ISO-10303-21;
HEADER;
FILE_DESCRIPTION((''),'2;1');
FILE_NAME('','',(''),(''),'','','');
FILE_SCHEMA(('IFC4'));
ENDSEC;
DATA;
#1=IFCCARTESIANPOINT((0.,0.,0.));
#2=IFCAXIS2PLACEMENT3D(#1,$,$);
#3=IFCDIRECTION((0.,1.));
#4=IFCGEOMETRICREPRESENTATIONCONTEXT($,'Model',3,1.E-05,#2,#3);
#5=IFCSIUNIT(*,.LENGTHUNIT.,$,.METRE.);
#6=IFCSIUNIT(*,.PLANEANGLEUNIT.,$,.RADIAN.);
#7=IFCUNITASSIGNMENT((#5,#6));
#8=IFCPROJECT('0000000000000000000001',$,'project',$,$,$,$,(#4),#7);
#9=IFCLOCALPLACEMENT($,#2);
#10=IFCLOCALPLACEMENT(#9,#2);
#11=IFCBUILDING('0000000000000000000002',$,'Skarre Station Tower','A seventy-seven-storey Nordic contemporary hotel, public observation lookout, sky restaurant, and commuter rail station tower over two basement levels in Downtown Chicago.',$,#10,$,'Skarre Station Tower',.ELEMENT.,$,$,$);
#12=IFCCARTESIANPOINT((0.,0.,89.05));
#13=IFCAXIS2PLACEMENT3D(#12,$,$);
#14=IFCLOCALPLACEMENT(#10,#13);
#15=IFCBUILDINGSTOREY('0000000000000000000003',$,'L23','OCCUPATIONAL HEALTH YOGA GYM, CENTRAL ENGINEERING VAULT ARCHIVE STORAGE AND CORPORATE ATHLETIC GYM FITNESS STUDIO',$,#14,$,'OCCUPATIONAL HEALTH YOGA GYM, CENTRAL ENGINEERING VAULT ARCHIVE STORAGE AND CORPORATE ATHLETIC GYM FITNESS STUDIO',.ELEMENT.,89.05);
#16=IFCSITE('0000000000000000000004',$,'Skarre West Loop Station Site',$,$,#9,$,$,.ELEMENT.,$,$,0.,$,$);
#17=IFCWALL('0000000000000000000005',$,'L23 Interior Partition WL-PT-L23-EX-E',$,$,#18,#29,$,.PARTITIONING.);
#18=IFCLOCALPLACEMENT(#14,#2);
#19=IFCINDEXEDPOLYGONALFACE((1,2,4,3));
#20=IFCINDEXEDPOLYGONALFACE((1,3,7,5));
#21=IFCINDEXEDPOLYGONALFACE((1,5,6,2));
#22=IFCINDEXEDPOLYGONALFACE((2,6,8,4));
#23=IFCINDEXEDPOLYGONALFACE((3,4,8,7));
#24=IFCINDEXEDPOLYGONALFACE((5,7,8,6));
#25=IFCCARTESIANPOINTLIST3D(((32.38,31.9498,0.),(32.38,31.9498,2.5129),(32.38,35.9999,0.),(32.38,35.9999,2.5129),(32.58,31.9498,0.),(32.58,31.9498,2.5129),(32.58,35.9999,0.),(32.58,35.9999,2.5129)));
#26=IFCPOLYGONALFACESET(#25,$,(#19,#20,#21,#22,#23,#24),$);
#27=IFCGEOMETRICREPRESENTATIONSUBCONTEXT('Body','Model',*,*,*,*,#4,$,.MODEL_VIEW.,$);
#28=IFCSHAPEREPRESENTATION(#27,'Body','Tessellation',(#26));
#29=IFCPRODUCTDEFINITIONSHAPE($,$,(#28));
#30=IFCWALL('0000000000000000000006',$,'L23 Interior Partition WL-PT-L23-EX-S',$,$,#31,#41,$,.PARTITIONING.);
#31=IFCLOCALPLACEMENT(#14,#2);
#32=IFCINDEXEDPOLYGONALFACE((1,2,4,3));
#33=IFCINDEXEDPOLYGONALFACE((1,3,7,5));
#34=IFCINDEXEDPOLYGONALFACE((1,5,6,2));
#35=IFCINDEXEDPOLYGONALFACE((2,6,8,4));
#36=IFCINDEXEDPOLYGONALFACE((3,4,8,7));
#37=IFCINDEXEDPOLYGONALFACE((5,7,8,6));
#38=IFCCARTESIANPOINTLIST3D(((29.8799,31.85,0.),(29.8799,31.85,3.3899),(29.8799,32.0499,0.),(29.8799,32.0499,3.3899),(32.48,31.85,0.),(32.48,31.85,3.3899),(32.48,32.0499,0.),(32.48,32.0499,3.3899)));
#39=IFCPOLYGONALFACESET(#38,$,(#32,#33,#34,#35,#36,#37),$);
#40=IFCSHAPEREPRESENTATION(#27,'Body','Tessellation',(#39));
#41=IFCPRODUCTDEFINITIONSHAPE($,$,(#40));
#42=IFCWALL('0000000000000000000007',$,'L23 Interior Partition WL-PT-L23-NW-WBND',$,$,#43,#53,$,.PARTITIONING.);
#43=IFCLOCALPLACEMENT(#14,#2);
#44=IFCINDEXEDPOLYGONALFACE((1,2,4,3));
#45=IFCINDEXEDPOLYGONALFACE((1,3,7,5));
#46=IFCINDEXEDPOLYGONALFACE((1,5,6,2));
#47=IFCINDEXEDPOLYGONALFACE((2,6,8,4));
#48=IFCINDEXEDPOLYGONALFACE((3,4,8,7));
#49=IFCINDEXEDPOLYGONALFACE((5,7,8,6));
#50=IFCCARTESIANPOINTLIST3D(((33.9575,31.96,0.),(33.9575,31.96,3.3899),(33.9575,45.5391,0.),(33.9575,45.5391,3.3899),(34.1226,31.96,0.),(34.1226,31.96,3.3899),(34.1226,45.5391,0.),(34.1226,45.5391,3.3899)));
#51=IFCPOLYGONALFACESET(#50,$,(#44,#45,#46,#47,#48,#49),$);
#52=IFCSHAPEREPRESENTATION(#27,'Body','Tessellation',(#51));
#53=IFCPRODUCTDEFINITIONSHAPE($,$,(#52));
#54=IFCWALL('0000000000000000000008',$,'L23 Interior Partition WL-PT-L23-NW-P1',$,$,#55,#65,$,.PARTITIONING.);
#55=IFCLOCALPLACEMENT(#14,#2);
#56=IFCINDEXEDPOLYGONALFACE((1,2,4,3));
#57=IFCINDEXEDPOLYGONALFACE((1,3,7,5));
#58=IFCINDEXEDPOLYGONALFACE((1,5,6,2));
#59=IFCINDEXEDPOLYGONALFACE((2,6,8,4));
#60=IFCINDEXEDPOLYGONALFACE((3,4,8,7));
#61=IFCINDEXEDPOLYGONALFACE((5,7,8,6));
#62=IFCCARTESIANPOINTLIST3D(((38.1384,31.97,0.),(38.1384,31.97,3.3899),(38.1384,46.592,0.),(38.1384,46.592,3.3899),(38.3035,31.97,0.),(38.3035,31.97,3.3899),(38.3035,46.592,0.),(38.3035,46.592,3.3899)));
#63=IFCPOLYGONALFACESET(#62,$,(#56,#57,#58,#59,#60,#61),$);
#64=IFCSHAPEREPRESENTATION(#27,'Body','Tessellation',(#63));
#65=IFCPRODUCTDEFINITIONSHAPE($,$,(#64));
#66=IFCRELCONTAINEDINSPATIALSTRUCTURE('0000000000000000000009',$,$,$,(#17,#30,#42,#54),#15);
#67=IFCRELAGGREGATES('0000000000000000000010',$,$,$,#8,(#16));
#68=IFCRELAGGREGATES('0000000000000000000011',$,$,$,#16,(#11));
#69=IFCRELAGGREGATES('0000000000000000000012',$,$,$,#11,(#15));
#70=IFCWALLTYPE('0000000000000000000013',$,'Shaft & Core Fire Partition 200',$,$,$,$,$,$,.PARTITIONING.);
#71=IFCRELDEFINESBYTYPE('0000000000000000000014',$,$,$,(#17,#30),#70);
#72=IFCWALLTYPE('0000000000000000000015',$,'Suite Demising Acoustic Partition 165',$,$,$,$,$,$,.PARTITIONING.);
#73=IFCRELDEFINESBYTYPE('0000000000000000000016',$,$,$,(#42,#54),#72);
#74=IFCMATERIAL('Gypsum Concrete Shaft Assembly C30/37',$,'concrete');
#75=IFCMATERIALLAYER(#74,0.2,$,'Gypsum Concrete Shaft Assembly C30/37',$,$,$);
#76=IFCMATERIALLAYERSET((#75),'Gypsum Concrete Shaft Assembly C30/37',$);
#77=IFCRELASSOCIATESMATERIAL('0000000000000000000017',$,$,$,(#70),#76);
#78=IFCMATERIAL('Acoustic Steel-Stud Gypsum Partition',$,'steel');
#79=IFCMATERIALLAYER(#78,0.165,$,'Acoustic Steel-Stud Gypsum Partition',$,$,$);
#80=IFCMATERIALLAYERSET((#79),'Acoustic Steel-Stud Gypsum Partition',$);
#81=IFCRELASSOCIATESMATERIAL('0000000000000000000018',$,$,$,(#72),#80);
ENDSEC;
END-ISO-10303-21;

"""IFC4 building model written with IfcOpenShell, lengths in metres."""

from ifc_helpers import new_model, si_unit, direction, frame, frame_2d, origin, place, context, subcontext, project, spatial, rectangle, extrude, material, layer, layer_set, type_object, element, save


model = new_model("IFC4")

# Units and contexts
model_context = context("Model", 3, precision=1e-05, world=origin(), true_north=direction((0.0, 1.0)))
body_context = subcontext(model_context, "Body", "Model", "MODEL_VIEW")
ifc_project = project(units=[si_unit("LENGTHUNIT", "METRE"), si_unit("PLANEANGLEUNIT", "RADIAN")], contexts=[model_context])

# Site, building, storey
site_placement = place(None, origin())
site = spatial("IfcSite", under=ifc_project, at=site_placement, Name="Skarre West Loop Station Site", CompositionType="ELEMENT", RefElevation=0.0)
building_placement = place(site_placement, origin())
building = spatial("IfcBuilding", under=site, at=building_placement, Name="Skarre Station Tower", Description="A seventy-seven-storey Nordic contemporary hotel, public observation lookout, sky restaurant, and commuter rail station tower over two basement levels in Downtown Chicago.", LongName="Skarre Station Tower", CompositionType="ELEMENT")
storey_placement = place(building_placement, frame((0.0, 0.0, 89.05)))
storey = spatial("IfcBuildingStorey", under=building, at=storey_placement, Name="L23", Description="OCCUPATIONAL HEALTH YOGA GYM, CENTRAL ENGINEERING VAULT ARCHIVE STORAGE AND CORPORATE ATHLETIC GYM FITNESS STUDIO", LongName="OCCUPATIONAL HEALTH YOGA GYM, CENTRAL ENGINEERING VAULT ARCHIVE STORAGE AND CORPORATE ATHLETIC GYM FITNESS STUDIO", CompositionType="ELEMENT", Elevation=89.05)

# Shared definitions
ifc_material_1 = material(Name="Acoustic Steel-Stud Gypsum Partition", Category="steel")

# Walls
ifc_material_2 = material(Name="Gypsum Concrete Shaft Assembly C30/37", Category="concrete")
ifc_layer_1 = layer(ifc_material_2, 0.2, Name="Gypsum Concrete Shaft Assembly C30/37")
ifc_layer_set_1 = layer_set([ifc_layer_1], Name="Gypsum Concrete Shaft Assembly C30/37")
wall_type_1 = type_object("IfcWallType", Name="Shaft & Core Fire Partition 200", PredefinedType="PARTITIONING", material=ifc_layer_set_1)
wall_1_placement = place(storey_placement, frame((32.48, 31.95, 0.0), z_axis=(0.0, 0.0, 1.0), x_axis=(0.0, 1.0, 0.0)))
element("IfcWall", 1, at=wall_1_placement, inside=storey, type_object=wall_type_1, Name="L23 Interior Partition WL-PT-L23-EX-E", PredefinedType="PARTITIONING", context=body_context, shape_type="SweptSolid", body=[
    extrude(rectangle(XDim=4.05, YDim=0.2, at=frame_2d((2.0249, 0.0))), origin(), (0.0, 0.0, 1.0), 2.5129),
])
wall_2_placement = place(storey_placement, frame((32.48, 31.95, 0.0), z_axis=(0.0, 0.0, 1.0), x_axis=(-1.0, 0.0, 0.0)))
element("IfcWall", 2, at=wall_2_placement, inside=storey, type_object=wall_type_1, Name="L23 Interior Partition WL-PT-L23-EX-S", PredefinedType="PARTITIONING", context=body_context, shape_type="SweptSolid", body=[
    extrude(rectangle(XDim=2.6001, YDim=0.2, at=frame_2d((1.3, 0.0))), origin(), (0.0, 0.0, 1.0), 3.3899),
])
ifc_layer_2 = layer(ifc_material_1, 0.165, Name="Acoustic Steel-Stud Gypsum Partition")
ifc_layer_set_2 = layer_set([ifc_layer_2], Name="Acoustic Steel-Stud Gypsum Partition")
wall_type_2 = type_object("IfcWallType", Name="Suite Demising Acoustic Partition 165", PredefinedType="PARTITIONING", material=ifc_layer_set_2)
wall_3_placement = place(storey_placement, frame((34.04, 31.96, 0.0), z_axis=(0.0, 0.0, 1.0), x_axis=(0.0, 1.0, 0.0)))
element("IfcWall", 3, at=wall_3_placement, inside=storey, type_object=wall_type_2, Name="L23 Interior Partition WL-PT-L23-NW-WBND", PredefinedType="PARTITIONING", context=body_context, shape_type="SweptSolid", body=[
    extrude(rectangle(XDim=13.5791, YDim=0.165, at=frame_2d((6.7896, 0.0))), origin(), (0.0, 0.0, 1.0), 3.3899),
])
wall_4_placement = place(storey_placement, frame((38.2209, 31.97, 0.0), z_axis=(0.0, 0.0, 1.0), x_axis=(0.0, 1.0, 0.0)))
element("IfcWall", 4, at=wall_4_placement, inside=storey, type_object=wall_type_2, Name="L23 Interior Partition WL-PT-L23-NW-P1", PredefinedType="PARTITIONING", context=body_context, shape_type="SweptSolid", body=[
    extrude(rectangle(XDim=14.6221, YDim=0.165, at=frame_2d((7.311, 0.0))), origin(), (0.0, 0.0, 1.0), 3.3899),
])

save(model, "model.ifc")
